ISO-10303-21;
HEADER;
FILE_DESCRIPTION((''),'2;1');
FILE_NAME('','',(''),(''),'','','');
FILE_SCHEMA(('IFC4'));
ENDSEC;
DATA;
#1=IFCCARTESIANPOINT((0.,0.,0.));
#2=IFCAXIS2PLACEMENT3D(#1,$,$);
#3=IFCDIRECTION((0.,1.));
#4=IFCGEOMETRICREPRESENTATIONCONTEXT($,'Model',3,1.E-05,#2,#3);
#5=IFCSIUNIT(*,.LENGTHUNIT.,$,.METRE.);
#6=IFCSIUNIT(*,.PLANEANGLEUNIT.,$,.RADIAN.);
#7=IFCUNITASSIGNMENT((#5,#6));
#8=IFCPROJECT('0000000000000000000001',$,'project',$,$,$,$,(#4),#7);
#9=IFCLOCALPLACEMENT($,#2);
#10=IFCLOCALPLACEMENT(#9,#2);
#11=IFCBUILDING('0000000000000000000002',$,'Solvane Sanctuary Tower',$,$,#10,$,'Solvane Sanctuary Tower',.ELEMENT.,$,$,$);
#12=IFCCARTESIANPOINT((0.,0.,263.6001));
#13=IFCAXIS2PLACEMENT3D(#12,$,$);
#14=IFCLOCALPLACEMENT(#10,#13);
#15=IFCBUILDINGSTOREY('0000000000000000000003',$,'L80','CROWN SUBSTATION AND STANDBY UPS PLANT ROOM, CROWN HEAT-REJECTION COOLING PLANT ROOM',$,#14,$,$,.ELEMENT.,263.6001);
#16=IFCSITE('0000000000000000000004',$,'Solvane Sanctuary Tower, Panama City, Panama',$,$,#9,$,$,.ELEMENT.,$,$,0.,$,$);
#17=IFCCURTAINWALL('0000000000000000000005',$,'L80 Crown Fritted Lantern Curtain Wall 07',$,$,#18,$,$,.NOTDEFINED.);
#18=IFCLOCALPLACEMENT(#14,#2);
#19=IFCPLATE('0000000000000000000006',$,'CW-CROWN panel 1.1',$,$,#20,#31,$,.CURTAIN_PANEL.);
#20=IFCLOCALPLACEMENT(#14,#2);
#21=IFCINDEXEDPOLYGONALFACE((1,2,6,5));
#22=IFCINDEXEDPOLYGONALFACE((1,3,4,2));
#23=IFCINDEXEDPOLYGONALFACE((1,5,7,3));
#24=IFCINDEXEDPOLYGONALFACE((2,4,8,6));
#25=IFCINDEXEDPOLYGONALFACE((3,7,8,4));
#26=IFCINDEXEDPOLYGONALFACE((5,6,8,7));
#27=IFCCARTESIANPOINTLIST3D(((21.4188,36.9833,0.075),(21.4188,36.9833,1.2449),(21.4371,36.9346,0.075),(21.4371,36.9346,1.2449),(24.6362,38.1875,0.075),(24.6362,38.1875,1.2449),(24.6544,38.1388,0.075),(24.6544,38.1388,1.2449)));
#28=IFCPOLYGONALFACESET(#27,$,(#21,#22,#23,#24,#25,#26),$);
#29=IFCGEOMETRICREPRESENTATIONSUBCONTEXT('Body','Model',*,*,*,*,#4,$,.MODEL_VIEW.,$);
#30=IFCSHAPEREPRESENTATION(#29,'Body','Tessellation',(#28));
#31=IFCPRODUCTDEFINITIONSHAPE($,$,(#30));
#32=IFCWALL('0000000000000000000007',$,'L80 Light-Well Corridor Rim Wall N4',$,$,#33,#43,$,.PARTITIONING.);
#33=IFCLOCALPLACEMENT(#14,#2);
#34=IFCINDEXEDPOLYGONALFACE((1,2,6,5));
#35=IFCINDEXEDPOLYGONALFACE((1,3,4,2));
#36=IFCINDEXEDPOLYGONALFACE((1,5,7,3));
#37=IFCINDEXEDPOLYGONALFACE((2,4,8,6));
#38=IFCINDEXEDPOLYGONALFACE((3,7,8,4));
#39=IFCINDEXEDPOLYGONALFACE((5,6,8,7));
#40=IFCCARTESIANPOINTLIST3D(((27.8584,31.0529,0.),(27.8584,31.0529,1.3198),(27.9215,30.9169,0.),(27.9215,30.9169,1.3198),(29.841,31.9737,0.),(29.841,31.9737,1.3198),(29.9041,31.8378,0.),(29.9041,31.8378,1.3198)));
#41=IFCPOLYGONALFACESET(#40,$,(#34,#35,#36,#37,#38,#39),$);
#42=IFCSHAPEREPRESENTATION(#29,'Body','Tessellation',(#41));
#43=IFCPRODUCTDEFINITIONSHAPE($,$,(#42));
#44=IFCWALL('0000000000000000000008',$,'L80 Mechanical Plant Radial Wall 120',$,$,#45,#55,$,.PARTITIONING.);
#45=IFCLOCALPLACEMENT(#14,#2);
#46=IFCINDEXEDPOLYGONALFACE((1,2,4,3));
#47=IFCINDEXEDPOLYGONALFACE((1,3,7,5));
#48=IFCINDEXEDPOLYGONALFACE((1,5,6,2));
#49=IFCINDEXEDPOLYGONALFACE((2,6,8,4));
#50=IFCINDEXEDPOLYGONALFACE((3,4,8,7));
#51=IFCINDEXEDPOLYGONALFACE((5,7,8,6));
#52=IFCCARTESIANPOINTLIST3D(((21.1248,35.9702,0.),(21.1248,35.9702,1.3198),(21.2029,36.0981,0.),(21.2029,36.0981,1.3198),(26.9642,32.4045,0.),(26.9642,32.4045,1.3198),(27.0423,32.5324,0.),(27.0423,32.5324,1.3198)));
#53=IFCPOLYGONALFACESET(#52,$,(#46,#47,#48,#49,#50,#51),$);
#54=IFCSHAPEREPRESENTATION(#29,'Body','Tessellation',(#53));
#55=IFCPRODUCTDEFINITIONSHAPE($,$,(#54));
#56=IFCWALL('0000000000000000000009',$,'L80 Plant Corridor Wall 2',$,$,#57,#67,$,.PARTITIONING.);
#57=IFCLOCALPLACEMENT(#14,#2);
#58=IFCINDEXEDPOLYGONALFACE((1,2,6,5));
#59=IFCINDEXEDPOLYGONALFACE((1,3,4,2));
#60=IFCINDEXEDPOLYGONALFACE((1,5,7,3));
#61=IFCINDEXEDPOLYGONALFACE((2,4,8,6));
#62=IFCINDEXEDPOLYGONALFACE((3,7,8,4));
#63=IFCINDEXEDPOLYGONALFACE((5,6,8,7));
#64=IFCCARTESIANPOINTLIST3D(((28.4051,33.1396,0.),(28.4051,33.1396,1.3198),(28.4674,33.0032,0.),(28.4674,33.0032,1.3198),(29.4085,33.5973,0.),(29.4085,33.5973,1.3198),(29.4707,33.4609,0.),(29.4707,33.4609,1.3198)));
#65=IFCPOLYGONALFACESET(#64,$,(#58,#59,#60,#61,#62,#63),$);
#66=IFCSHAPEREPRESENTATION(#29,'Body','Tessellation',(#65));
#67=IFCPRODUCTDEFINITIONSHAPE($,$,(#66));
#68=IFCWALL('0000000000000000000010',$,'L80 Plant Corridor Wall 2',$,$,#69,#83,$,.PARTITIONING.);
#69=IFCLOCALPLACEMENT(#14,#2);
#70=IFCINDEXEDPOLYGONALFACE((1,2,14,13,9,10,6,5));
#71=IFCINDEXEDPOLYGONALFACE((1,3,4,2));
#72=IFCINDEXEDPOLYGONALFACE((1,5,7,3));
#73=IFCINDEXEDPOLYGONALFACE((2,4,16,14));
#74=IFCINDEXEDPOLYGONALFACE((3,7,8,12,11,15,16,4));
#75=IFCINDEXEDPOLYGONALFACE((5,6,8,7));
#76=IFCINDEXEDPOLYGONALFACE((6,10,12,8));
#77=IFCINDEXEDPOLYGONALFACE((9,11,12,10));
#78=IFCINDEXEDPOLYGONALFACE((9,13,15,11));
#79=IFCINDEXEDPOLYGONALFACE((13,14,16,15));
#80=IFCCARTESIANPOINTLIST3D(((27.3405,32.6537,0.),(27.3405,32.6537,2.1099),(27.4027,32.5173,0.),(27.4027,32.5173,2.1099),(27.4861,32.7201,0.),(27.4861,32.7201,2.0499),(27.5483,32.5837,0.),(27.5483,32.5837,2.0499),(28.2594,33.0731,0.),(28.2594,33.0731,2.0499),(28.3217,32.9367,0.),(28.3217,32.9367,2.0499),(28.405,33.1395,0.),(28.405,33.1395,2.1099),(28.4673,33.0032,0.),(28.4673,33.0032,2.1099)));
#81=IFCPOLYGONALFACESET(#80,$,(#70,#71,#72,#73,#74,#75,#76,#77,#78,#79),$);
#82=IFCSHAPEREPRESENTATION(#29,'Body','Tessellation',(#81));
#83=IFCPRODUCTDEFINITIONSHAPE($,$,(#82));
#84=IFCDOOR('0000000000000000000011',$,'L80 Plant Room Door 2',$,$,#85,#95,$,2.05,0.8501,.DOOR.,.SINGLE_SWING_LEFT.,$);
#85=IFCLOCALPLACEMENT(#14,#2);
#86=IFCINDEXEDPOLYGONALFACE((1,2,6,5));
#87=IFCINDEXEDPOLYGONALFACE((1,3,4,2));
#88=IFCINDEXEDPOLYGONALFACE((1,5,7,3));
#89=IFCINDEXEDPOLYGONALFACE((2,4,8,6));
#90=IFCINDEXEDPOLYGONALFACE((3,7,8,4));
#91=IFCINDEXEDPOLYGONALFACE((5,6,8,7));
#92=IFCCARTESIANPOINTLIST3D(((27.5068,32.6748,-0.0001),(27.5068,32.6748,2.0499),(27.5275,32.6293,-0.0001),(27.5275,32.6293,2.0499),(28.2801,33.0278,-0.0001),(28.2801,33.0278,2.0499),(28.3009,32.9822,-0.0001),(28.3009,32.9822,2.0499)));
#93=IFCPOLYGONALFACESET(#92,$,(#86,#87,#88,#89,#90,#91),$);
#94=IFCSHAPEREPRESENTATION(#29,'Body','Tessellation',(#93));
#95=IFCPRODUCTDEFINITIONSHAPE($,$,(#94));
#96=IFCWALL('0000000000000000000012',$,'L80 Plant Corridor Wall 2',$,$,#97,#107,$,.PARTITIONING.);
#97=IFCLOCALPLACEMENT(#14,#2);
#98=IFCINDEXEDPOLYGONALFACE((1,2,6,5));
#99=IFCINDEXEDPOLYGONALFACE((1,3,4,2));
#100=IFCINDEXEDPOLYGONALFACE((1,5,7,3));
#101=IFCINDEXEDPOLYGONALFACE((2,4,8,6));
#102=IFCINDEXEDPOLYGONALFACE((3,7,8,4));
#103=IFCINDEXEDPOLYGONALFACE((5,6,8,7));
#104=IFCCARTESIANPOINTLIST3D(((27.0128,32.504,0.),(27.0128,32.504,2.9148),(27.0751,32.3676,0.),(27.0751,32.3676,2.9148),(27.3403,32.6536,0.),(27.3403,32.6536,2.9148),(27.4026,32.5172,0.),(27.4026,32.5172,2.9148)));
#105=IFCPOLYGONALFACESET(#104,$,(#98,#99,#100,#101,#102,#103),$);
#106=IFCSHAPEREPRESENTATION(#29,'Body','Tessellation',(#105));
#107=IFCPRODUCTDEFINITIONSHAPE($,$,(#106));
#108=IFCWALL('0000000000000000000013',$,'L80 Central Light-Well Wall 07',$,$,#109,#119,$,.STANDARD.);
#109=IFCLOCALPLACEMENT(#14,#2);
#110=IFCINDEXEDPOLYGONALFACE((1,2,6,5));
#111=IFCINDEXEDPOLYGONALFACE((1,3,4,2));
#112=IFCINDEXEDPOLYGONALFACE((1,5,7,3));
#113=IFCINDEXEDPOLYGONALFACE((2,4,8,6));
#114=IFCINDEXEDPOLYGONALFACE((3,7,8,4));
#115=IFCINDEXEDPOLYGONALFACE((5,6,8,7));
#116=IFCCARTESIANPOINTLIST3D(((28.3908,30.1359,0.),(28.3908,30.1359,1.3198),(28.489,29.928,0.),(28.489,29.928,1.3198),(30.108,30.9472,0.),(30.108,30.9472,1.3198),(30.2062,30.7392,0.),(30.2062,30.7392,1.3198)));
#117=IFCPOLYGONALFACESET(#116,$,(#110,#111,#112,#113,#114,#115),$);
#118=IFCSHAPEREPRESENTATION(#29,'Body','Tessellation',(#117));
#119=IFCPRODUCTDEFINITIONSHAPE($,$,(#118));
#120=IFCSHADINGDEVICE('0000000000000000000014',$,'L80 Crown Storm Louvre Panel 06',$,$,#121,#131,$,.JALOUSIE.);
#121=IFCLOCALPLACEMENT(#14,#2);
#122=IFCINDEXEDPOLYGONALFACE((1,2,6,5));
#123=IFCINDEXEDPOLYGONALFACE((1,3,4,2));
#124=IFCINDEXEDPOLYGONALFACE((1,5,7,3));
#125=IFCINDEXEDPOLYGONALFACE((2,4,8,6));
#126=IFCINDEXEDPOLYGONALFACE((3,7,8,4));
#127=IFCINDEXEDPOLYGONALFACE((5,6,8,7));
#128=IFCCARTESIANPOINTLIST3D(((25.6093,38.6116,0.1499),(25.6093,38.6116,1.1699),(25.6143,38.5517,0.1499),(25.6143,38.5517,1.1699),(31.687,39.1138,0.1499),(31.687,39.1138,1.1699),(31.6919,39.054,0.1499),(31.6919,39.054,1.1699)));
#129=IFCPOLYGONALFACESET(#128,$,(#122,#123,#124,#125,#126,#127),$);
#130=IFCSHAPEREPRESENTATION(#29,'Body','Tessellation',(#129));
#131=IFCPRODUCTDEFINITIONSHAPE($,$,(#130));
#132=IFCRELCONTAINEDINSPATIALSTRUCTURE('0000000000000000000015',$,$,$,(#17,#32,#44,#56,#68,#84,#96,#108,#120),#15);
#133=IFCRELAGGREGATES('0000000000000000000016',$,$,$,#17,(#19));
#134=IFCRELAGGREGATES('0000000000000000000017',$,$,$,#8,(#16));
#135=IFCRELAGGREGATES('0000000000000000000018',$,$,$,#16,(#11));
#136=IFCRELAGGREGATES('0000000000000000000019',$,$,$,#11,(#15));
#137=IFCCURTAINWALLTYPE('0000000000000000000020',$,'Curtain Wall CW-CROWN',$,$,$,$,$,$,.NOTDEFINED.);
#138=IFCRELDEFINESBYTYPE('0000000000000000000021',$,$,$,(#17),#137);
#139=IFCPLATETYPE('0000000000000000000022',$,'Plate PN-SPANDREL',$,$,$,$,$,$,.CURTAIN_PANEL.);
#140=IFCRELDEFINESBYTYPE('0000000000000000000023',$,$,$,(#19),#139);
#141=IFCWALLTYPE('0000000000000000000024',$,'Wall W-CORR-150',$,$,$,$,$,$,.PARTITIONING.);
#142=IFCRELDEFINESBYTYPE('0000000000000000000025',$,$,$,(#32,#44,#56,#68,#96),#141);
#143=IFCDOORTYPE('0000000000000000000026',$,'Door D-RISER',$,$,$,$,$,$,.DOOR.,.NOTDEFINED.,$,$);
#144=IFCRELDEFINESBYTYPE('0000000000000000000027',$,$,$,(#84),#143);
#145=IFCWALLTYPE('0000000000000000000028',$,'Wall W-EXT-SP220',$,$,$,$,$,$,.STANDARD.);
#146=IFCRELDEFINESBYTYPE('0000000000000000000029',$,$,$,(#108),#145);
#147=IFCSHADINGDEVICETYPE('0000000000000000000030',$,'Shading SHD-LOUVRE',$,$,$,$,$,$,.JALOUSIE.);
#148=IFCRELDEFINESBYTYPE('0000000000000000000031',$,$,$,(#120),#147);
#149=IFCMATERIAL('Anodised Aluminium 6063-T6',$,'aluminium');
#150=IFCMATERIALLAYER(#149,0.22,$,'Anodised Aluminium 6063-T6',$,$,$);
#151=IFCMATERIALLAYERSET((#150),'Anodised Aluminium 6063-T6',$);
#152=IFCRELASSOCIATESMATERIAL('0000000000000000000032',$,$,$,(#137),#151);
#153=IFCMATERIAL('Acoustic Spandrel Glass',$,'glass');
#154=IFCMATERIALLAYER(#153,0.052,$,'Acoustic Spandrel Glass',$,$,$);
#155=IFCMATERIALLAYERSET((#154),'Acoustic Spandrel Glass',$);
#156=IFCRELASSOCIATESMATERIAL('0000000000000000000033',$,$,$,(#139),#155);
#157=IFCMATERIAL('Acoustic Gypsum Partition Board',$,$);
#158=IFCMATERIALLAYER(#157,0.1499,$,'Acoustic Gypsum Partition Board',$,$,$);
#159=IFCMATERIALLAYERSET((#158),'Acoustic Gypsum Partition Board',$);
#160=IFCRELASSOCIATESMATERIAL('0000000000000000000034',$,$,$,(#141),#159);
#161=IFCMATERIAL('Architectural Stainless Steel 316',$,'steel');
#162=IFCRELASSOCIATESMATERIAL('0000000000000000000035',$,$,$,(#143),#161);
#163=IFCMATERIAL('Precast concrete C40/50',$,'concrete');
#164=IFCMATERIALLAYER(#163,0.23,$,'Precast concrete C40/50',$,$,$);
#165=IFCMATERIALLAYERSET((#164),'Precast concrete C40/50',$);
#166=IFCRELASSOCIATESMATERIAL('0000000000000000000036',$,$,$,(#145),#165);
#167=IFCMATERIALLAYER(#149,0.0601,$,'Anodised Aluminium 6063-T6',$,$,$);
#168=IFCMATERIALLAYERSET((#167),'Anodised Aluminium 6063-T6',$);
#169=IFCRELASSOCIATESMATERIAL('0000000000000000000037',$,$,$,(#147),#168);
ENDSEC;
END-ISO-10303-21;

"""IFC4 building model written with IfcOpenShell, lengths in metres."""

from ifc_helpers import new_model, si_unit, direction, frame, frame_2d, origin, origin_2d, place, context, subcontext, project, spatial, rectangle, extrude, material, layer, layer_set, type_object, element, fill, aggregate, save


model = new_model("IFC4")

# Units and contexts
model_context = context("Model", 3, precision=1e-05, world=origin(), true_north=direction((0.0, 1.0)))
body_context = subcontext(model_context, "Body", "Model", "MODEL_VIEW")
ifc_project = project(units=[si_unit("LENGTHUNIT", "METRE"), si_unit("PLANEANGLEUNIT", "RADIAN")], contexts=[model_context])

# Site, building, storey
site_placement = place(None, origin())
site = spatial("IfcSite", under=ifc_project, at=site_placement, Name="Solvane Sanctuary Tower, Panama City, Panama", CompositionType="ELEMENT", RefElevation=0.0)
building_placement = place(site_placement, origin())
building = spatial("IfcBuilding", under=site, at=building_placement, Name="Solvane Sanctuary Tower", LongName="Solvane Sanctuary Tower", CompositionType="ELEMENT")
storey_placement = place(building_placement, frame((0.0, 0.0, 263.6001)))
storey = spatial("IfcBuildingStorey", under=building, at=storey_placement, Name="L80", Description="CROWN SUBSTATION AND STANDBY UPS PLANT ROOM, CROWN HEAT-REJECTION COOLING PLANT ROOM", CompositionType="ELEMENT", Elevation=263.6001)

# Curtain wall, plate
ifc_material_1 = material(Name="Anodised Aluminium 6063-T6", Category="aluminium")
ifc_layer_1 = layer(ifc_material_1, 0.22, Name="Anodised Aluminium 6063-T6")
ifc_layer_set_1 = layer_set([ifc_layer_1], Name="Anodised Aluminium 6063-T6")
curtain_wall_type = type_object("IfcCurtainWallType", Name="Curtain Wall CW-CROWN", PredefinedType="NOTDEFINED", material=ifc_layer_set_1)
curtain_wall_placement = place(storey_placement, origin())
curtain_wall = element("IfcCurtainWall", 1, at=curtain_wall_placement, inside=storey, type_object=curtain_wall_type, Name="L80 Crown Fritted Lantern Curtain Wall 07", PredefinedType="NOTDEFINED")
ifc_material_2 = material(Name="Acoustic Spandrel Glass", Category="glass")
ifc_layer_2 = layer(ifc_material_2, 0.052, Name="Acoustic Spandrel Glass")
ifc_layer_set_2 = layer_set([ifc_layer_2], Name="Acoustic Spandrel Glass")
plate_type = type_object("IfcPlateType", Name="Plate PN-SPANDREL", PredefinedType="CURTAIN_PANEL", material=ifc_layer_set_2)
plate_placement = place(storey_placement, frame((23.0366, 37.561, 0.075), z_axis=(0.0, 0.0, 1.0), x_axis=(-0.936556, -0.350518, 0.0)))
plate = element("IfcPlate", 2, at=plate_placement, type_object=plate_type, Name="CW-CROWN panel 1.1", PredefinedType="CURTAIN_PANEL", context=body_context, shape_type="SweptSolid", body=[
    extrude(rectangle(XDim=3.4353, YDim=0.052, at=origin_2d()), origin(), (0.0, 0.0, 1.0), 1.1699),
])
aggregate(curtain_wall, [plate])

# Walls
ifc_material_3 = material(Name="Acoustic Gypsum Partition Board")
ifc_layer_3 = layer(ifc_material_3, 0.1499, Name="Acoustic Gypsum Partition Board")
ifc_layer_set_3 = layer_set([ifc_layer_3], Name="Acoustic Gypsum Partition Board")
wall_type_1 = type_object("IfcWallType", Name="Wall W-CORR-150", PredefinedType="PARTITIONING", material=ifc_layer_set_3)
wall_1_placement = place(storey_placement, frame((29.8726, 31.9058, 0.0), z_axis=(0.0, 0.0, 1.0), x_axis=(-0.906943, -0.421252, 0.0)))
element("IfcWall", 3, at=wall_1_placement, inside=storey, type_object=wall_type_1, Name="L80 Light-Well Corridor Rim Wall N4", PredefinedType="PARTITIONING", context=body_context, shape_type="SweptSolid", body=[
    extrude(rectangle(XDim=2.186, YDim=0.1499, at=frame_2d((1.093, 0.0))), origin(), (0.0, 0.0, 1.0), 1.3198),
])
wall_2_placement = place(storey_placement, frame((27.0032, 32.4685, 0.0), z_axis=(0.0, 0.0, 1.0), x_axis=(-0.853465, 0.52115, 0.0)))
element("IfcWall", 4, at=wall_2_placement, inside=storey, type_object=wall_type_1, Name="L80 Mechanical Plant Radial Wall 120", PredefinedType="PARTITIONING", context=body_context, shape_type="SweptSolid", body=[
    extrude(rectangle(XDim=6.842, YDim=0.1499, at=frame_2d((3.4209, 0.0))), origin(), (0.0, 0.0, 1.0), 1.3198),
])
wall_3_placement = place(storey_placement, frame((29.4395, 33.5291, 0.0), z_axis=(0.0, 0.0, 1.0), x_axis=(-0.909797, -0.415053, 0.0)))
element("IfcWall", 5, at=wall_3_placement, inside=storey, type_object=wall_type_1, Name="L80 Plant Corridor Wall 2", PredefinedType="PARTITIONING", context=body_context, shape_type="SweptSolid", body=[
    extrude(rectangle(XDim=1.1028, YDim=0.1499, at=frame_2d((0.5513, 0.0))), origin(), (0.0, 0.0, 1.0), 1.3198),
])

# Wall, opening, door
wall_4_placement = place(storey_placement, frame((28.436, 33.0713, 0.0), z_axis=(0.0, 0.0, 1.0), x_axis=(-0.909722, -0.415217, 0.0)))
wall_4 = element("IfcWall", 6, at=wall_4_placement, inside=storey, type_object=wall_type_1, Name="L80 Plant Corridor Wall 2", PredefinedType="PARTITIONING", context=body_context, shape_type="SweptSolid", body=[
    extrude(rectangle(XDim=1.1702, YDim=0.1499, at=frame_2d((0.585, 0.0))), origin(), (0.0, 0.0, 1.0), 2.1099),
])
opening_placement = place(wall_4_placement, frame((0.1599, 0.0, 0.0)))
opening = element("IfcOpeningElement", 7, at=opening_placement, cuts=wall_4, PredefinedType="OPENING", context=body_context, shape_type="SweptSolid", body=[
    extrude(rectangle(XDim=0.8501, YDim=2.05, at=frame_2d((0.425, 1.0249))), frame((0.0, 0.085, 0.0), z_axis=(0.0, -1.0, 0.0), x_axis=(1.0, 0.0, 0.0)), (0.0, 0.0, 1.0), 0.1699),
])
ifc_material_4 = material(Name="Architectural Stainless Steel 316", Category="steel")
door_type = type_object("IfcDoorType", Name="Door D-RISER", OperationType="NOTDEFINED", PredefinedType="DOOR", material=ifc_material_4)
door_placement = place(opening_placement, origin())
door = element("IfcDoor", 8, at=door_placement, inside=storey, type_object=door_type, Name="L80 Plant Room Door 2", OperationType="SINGLE_SWING_LEFT", OverallHeight=2.05, OverallWidth=0.8501, PredefinedType="DOOR", context=body_context, shape_type="SweptSolid", body=[
    extrude(rectangle(XDim=0.8501, YDim=2.05, at=frame_2d((0.425, 1.0249))), frame((0.0, 0.0249, 0.0), z_axis=(0.0, -1.0, 0.0), x_axis=(1.0, 0.0, 0.0)), (0.0, 0.0, 1.0), 0.05),
])
fill(opening, door)

# Walls
wall_5_placement = place(storey_placement, frame((27.3716, 32.5854, 0.0), z_axis=(0.0, 0.0, 1.0), x_axis=(-0.909599, -0.415487, 0.0)))
element("IfcWall", 9, at=wall_5_placement, inside=storey, type_object=wall_type_1, Name="L80 Plant Corridor Wall 2", PredefinedType="PARTITIONING", context=body_context, shape_type="SweptSolid", body=[
    extrude(rectangle(XDim=0.3601, YDim=0.1499, at=frame_2d((0.1802, 0.0))), origin(), (0.0, 0.0, 1.0), 2.9148),
])
ifc_material_5 = material(Name="Precast concrete C40/50", Category="concrete")
ifc_layer_4 = layer(ifc_material_5, 0.23, Name="Precast concrete C40/50")
ifc_layer_set_4 = layer_set([ifc_layer_4], Name="Precast concrete C40/50")
wall_type_2 = type_object("IfcWallType", Name="Wall W-EXT-SP220", PredefinedType="STANDARD", material=ifc_layer_set_4)
wall_6_placement = place(storey_placement, frame((30.1572, 30.8433, 0.0), z_axis=(0.0, 0.0, 1.0), x_axis=(-0.90418, -0.427152, 0.0)))
element("IfcWall", 10, at=wall_6_placement, inside=storey, type_object=wall_type_2, Name="L80 Central Light-Well Wall 07", PredefinedType="STANDARD", context=body_context, shape_type="SweptSolid", body=[
    extrude(rectangle(XDim=1.8992, YDim=0.23, at=frame_2d((0.9497, 0.0))), origin(), (0.0, 0.0, 1.0), 1.3198),
])

# Shading device
ifc_layer_5 = layer(ifc_material_1, 0.0601, Name="Anodised Aluminium 6063-T6")
ifc_layer_set_5 = layer_set([ifc_layer_5], Name="Anodised Aluminium 6063-T6")
shading_device_type = type_object("IfcShadingDeviceType", Name="Shading SHD-LOUVRE", PredefinedType="JALOUSIE", material=ifc_layer_set_5)
shading_device_placement = place(storey_placement, frame((28.6506, 38.8328, 0.1499), z_axis=(0.0, 0.0, 1.0), x_axis=(-0.996602, -0.082363, 0.0)))
element("IfcShadingDevice", 11, at=shading_device_placement, inside=storey, type_object=shading_device_type, Name="L80 Crown Storm Louvre Panel 06", PredefinedType="JALOUSIE", context=body_context, shape_type="SweptSolid", body=[
    extrude(rectangle(XDim=6.0984, YDim=0.0601, at=origin_2d()), origin(), (0.0, 0.0, 1.0), 1.02),
])

save(model, "model.ifc")
